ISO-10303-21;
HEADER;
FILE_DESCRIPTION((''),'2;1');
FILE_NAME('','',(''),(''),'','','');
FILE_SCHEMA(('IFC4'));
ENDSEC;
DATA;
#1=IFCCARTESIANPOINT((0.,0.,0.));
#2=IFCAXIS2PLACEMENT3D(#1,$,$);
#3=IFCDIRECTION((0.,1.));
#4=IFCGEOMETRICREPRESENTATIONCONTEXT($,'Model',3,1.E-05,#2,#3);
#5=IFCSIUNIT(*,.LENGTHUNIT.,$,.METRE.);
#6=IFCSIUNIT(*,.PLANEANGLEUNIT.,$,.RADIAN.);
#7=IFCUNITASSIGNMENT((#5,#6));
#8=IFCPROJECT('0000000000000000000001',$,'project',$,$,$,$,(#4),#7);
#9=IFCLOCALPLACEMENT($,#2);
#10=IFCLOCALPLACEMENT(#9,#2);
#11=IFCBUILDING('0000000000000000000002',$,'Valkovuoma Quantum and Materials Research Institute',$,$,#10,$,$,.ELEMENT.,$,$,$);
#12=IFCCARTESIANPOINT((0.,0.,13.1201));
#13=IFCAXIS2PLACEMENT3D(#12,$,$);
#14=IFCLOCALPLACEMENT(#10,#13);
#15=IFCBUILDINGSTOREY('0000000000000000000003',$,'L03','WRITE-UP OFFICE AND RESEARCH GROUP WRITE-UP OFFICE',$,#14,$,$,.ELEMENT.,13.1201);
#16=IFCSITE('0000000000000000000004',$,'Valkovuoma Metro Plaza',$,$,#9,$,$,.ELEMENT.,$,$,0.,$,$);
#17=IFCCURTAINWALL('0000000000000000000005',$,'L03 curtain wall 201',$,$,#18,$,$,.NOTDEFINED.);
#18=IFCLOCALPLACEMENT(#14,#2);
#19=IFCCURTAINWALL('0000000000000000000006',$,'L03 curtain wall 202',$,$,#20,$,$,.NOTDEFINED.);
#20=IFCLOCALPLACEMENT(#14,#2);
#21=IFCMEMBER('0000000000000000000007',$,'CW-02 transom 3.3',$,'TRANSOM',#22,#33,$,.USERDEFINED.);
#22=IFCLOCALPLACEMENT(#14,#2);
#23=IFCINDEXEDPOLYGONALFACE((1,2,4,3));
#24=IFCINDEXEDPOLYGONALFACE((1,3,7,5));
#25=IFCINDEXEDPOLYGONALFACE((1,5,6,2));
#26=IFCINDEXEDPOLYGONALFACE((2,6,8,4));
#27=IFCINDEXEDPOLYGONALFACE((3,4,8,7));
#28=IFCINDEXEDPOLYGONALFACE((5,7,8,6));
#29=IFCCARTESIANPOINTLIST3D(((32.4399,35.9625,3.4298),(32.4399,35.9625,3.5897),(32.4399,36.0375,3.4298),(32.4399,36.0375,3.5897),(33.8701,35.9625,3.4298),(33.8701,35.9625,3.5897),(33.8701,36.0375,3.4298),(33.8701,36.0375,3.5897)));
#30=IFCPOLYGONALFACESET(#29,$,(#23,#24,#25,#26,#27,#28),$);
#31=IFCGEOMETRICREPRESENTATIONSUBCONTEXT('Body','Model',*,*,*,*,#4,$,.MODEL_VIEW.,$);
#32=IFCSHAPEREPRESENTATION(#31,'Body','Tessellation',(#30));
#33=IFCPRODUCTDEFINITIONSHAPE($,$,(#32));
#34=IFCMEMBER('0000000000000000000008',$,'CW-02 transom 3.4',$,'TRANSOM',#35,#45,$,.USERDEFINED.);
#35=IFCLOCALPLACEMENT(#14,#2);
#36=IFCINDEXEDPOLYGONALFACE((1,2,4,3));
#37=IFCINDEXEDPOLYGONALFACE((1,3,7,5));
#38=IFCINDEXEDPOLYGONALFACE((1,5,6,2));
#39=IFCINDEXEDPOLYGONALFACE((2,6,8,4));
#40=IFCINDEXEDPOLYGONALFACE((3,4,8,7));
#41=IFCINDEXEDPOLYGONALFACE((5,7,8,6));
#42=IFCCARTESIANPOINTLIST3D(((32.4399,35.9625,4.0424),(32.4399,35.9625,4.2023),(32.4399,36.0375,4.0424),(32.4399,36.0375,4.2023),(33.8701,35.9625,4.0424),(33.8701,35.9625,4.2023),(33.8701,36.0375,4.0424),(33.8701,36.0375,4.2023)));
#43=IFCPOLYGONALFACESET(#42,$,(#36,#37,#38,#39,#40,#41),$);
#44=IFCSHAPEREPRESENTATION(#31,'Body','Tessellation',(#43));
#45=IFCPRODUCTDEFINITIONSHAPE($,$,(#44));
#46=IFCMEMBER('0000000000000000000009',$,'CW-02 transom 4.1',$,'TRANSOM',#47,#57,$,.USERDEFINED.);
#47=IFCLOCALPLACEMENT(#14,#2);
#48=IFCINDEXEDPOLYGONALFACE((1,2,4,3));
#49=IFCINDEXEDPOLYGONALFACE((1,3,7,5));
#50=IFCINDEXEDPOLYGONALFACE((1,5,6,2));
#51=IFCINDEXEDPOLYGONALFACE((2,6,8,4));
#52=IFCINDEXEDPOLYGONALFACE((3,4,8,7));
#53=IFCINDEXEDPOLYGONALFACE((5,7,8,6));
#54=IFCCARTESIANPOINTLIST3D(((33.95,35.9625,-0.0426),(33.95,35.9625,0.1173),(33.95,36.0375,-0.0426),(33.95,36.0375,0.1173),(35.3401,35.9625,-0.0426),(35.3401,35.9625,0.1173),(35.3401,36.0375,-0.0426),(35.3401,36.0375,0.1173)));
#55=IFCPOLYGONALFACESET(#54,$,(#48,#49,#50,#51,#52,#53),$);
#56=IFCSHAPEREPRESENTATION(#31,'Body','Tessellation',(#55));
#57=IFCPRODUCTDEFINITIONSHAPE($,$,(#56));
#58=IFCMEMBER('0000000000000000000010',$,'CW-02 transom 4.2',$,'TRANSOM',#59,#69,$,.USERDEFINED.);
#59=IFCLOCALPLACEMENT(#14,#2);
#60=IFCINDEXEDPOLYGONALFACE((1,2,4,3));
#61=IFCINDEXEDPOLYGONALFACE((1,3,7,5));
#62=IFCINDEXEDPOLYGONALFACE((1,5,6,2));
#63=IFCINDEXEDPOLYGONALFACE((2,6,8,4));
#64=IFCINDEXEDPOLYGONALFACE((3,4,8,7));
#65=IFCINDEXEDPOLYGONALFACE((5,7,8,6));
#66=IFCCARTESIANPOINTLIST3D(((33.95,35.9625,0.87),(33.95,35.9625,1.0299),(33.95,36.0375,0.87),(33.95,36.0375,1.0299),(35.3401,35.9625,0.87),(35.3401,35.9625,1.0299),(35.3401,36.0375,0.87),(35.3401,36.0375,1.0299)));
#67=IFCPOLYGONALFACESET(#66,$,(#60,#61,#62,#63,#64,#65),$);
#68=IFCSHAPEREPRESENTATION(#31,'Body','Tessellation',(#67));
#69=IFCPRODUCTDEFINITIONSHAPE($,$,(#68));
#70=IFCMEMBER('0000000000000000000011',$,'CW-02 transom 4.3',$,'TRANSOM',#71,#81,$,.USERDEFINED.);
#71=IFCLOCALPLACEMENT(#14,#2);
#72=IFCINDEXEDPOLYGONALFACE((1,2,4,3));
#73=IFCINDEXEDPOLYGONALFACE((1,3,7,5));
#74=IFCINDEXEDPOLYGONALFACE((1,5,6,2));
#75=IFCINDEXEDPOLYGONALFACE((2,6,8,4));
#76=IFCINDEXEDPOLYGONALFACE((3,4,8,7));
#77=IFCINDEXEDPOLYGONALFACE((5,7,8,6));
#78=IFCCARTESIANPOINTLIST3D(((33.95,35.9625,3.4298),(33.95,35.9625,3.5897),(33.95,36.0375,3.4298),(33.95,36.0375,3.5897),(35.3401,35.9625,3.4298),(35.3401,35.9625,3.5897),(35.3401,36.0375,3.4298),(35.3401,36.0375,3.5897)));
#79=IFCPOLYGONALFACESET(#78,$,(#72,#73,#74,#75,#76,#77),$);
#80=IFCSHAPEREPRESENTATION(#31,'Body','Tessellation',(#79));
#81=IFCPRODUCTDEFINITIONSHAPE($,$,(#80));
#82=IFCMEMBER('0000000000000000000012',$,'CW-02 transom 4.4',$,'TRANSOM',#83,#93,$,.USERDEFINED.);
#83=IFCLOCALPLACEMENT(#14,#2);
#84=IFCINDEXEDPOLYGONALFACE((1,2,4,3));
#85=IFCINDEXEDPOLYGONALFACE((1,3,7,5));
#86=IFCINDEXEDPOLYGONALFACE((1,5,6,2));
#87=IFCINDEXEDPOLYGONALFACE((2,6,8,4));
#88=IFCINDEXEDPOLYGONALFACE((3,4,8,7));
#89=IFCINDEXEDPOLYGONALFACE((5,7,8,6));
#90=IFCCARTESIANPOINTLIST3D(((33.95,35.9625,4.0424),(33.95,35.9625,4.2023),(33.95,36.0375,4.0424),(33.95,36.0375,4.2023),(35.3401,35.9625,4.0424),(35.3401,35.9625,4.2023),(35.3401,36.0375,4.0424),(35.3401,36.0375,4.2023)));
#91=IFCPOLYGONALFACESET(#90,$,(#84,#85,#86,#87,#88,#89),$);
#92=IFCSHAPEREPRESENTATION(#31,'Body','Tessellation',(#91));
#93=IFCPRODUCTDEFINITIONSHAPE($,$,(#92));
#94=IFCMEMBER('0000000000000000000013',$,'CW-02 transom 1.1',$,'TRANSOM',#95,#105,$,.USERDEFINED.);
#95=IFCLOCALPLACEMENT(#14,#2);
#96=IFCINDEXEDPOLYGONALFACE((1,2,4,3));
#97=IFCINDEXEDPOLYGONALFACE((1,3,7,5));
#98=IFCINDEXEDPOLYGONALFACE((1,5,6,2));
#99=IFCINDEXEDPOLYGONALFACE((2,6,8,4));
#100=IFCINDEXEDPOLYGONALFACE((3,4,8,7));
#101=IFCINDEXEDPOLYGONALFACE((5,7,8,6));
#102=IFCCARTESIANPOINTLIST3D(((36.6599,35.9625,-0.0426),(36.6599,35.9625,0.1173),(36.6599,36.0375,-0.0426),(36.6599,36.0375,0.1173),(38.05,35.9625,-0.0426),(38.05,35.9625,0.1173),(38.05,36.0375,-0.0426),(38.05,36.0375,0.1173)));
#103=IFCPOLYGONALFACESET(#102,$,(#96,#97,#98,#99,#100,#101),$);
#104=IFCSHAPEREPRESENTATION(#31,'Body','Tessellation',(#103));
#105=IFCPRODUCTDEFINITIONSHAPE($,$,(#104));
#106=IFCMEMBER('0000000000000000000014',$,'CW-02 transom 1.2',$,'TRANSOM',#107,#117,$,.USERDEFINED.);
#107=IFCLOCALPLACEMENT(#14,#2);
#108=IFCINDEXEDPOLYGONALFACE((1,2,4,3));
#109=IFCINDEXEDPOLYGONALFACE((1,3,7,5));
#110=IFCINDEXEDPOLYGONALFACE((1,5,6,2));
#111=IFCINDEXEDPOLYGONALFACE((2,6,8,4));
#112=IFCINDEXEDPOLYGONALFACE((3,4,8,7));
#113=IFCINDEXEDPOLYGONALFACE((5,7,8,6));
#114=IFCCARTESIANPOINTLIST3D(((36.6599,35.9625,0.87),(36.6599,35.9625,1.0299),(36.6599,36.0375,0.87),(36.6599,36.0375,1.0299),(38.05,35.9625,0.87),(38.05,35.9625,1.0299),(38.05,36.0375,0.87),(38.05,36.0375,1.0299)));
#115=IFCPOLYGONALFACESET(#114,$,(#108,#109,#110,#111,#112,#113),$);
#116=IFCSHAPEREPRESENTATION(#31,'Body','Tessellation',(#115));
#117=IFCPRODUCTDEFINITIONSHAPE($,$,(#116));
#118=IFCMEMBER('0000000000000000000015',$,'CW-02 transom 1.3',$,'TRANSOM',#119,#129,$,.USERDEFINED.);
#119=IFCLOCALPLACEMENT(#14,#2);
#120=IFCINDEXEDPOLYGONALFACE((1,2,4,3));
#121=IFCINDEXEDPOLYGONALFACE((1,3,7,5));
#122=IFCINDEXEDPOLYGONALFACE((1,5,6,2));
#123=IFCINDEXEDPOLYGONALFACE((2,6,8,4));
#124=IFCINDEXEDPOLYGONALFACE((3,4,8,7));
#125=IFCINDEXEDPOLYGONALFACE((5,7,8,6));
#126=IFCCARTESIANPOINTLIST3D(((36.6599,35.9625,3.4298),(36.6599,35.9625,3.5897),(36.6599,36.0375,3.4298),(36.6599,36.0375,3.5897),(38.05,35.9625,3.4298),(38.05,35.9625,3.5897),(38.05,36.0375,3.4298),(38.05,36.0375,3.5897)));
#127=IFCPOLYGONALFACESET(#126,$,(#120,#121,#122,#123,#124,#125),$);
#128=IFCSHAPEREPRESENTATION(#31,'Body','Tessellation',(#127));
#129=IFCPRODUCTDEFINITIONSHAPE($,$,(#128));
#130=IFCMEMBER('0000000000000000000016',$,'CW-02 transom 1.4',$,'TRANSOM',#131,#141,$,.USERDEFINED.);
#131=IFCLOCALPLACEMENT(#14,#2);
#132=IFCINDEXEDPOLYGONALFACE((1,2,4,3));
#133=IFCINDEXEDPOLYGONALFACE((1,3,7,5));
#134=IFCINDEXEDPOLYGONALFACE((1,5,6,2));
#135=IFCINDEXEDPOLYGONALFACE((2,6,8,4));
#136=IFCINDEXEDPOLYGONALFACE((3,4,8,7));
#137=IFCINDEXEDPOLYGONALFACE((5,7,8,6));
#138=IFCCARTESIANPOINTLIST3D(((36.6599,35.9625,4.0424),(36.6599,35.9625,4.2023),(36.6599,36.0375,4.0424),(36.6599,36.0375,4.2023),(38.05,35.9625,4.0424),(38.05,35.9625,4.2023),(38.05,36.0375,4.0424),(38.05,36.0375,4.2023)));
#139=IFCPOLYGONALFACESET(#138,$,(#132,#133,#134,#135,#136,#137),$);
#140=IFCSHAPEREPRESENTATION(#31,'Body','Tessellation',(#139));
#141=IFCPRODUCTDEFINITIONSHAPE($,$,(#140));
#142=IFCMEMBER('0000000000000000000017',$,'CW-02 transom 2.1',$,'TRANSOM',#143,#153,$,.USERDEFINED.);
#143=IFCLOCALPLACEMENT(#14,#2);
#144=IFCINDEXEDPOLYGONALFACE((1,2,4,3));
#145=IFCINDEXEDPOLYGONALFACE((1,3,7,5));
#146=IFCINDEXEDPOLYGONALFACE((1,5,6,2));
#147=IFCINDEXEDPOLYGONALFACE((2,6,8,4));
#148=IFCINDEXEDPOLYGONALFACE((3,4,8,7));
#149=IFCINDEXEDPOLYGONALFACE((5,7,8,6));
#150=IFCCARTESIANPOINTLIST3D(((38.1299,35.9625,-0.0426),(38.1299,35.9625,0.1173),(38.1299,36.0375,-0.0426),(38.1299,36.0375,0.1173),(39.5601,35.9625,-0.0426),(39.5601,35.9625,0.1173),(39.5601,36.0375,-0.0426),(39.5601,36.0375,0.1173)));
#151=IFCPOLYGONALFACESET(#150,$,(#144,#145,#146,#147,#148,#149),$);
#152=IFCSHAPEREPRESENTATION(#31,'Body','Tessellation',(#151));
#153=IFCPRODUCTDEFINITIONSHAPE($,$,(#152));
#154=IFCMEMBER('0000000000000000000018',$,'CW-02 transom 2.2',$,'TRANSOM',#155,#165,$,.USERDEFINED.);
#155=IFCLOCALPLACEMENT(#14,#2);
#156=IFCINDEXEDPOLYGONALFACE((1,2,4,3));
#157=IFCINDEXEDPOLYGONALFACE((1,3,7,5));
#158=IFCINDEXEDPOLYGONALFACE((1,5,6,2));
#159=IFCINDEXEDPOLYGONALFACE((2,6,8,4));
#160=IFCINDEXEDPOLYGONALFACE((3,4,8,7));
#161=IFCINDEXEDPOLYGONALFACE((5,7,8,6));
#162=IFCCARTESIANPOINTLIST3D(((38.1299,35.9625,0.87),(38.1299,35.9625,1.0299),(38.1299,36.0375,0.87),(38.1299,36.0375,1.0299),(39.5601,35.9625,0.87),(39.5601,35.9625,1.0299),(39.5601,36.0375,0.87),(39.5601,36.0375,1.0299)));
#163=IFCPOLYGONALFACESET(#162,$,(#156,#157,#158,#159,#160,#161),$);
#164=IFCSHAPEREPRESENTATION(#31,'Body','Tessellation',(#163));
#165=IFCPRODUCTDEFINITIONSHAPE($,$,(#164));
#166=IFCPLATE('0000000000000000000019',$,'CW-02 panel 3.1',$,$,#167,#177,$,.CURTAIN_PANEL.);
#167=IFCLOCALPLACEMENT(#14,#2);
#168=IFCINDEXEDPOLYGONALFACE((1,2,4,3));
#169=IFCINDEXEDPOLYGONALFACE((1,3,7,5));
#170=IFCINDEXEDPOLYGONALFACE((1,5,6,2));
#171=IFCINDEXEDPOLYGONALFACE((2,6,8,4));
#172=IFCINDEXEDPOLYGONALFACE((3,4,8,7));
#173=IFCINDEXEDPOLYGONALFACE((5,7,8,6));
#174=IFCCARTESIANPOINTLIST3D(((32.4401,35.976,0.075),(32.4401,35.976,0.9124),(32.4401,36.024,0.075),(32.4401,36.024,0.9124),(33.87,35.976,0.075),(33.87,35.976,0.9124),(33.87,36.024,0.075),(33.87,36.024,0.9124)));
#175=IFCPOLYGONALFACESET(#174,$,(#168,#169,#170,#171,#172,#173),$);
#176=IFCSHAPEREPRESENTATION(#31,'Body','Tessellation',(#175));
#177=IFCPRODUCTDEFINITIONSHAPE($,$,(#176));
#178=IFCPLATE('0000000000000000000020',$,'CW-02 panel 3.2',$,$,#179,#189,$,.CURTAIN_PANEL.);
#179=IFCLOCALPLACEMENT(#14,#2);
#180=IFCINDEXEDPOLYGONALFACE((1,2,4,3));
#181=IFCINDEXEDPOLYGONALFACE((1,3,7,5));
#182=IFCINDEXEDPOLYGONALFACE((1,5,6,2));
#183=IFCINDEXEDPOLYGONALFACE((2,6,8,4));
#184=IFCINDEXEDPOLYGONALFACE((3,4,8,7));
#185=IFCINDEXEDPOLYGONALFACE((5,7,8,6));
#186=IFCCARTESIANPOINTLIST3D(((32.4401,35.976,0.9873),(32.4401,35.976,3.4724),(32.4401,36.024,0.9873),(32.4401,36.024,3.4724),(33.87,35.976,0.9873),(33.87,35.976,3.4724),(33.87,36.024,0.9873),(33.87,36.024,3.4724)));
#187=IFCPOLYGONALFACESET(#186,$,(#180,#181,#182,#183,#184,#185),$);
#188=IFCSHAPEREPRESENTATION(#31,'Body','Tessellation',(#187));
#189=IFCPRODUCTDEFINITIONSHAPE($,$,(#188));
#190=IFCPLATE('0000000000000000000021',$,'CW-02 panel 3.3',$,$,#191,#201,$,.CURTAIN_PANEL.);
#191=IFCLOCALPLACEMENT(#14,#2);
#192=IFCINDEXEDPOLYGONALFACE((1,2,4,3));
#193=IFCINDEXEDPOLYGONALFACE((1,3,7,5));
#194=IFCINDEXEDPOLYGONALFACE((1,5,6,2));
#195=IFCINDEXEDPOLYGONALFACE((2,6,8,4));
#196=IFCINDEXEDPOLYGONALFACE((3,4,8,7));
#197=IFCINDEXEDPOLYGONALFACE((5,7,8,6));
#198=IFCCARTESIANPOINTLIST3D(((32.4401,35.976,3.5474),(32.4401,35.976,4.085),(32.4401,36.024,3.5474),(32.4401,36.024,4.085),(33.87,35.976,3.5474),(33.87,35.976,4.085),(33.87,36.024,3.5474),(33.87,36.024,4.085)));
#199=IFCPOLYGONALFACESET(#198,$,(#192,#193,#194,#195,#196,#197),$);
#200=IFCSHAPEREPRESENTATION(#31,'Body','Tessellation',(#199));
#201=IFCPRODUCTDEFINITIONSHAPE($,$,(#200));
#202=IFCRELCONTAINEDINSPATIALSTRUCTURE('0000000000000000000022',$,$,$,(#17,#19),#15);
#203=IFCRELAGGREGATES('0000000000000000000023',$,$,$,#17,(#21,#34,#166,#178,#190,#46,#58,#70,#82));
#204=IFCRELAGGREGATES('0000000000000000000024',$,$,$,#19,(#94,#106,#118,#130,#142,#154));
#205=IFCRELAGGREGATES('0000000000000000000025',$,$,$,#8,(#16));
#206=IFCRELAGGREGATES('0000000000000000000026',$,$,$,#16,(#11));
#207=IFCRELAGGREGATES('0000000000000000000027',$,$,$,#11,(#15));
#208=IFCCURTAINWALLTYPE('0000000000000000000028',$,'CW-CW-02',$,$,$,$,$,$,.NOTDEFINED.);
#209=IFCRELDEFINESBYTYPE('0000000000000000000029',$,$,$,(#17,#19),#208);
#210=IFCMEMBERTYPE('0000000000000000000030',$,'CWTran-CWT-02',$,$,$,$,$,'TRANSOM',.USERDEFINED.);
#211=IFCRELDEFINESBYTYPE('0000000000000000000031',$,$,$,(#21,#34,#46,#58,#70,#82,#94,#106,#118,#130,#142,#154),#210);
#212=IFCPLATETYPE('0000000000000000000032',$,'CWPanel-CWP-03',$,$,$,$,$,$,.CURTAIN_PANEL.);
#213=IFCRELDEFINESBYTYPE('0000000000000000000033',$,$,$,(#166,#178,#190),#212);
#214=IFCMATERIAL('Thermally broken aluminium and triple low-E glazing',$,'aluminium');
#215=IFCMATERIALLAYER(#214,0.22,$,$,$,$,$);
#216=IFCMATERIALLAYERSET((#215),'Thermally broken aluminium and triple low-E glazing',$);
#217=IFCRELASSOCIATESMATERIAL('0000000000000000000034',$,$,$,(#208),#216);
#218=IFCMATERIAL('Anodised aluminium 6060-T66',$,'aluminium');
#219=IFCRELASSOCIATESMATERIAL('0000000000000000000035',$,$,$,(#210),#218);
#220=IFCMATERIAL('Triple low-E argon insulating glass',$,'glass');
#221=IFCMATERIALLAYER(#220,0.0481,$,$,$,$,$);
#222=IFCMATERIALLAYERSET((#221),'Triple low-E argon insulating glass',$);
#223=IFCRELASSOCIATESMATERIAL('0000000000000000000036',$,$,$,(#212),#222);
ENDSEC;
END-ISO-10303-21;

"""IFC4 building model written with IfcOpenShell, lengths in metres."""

from ifc_helpers import new_model, si_unit, direction, frame, origin, origin_2d, place, context, subcontext, project, spatial, rectangle, extrude, material, layer, layer_set, material_profile, profile_set, type_object, element, aggregate, save


model = new_model("IFC4")

# Units and contexts
model_context = context("Model", 3, precision=1e-05, world=origin(), true_north=direction((0.0, 1.0)))
body_context = subcontext(model_context, "Body", "Model", "MODEL_VIEW")
ifc_project = project(units=[si_unit("LENGTHUNIT", "METRE"), si_unit("PLANEANGLEUNIT", "RADIAN")], contexts=[model_context])

# Site, building, storey
site_placement = place(None, origin())
site = spatial("IfcSite", under=ifc_project, at=site_placement, Name="Valkovuoma Metro Plaza", CompositionType="ELEMENT", RefElevation=0.0)
building_placement = place(site_placement, origin())
building = spatial("IfcBuilding", under=site, at=building_placement, Name="Valkovuoma Quantum and Materials Research Institute", CompositionType="ELEMENT")
storey_placement = place(building_placement, frame((0.0, 0.0, 13.1201)))
storey = spatial("IfcBuildingStorey", under=building, at=storey_placement, Name="L03", Description="WRITE-UP OFFICE AND RESEARCH GROUP WRITE-UP OFFICE", CompositionType="ELEMENT", Elevation=13.1201)

# Curtain walls
ifc_material_1 = material(Name="Thermally broken aluminium and triple low-E glazing", Category="aluminium")
ifc_layer_1 = layer(ifc_material_1, 0.22)
ifc_layer_set_1 = layer_set([ifc_layer_1], Name="Thermally broken aluminium and triple low-E glazing")
curtain_wall_type = type_object("IfcCurtainWallType", Name="CW-CW-02", PredefinedType="NOTDEFINED", material=ifc_layer_set_1)
curtain_wall_1_placement = place(storey_placement, origin())
curtain_wall_1 = element("IfcCurtainWall", 1, at=curtain_wall_1_placement, inside=storey, type_object=curtain_wall_type, Name="L03 curtain wall 201", PredefinedType="NOTDEFINED")
curtain_wall_2_placement = place(storey_placement, origin())
curtain_wall_2 = element("IfcCurtainWall", 2, at=curtain_wall_2_placement, inside=storey, type_object=curtain_wall_type, Name="L03 curtain wall 202", PredefinedType="NOTDEFINED")

# Members
ifc_material_2 = material(Name="Anodised aluminium 6060-T66", Category="aluminium")
ifc_material_profile_1 = material_profile(ifc_material_2, rectangle(XDim=0.075, YDim=0.1599, at=origin_2d()), Name="Anodised aluminium 6060-T66")
ifc_profile_set_1 = profile_set([ifc_material_profile_1], Name="Anodised aluminium 6060-T66")
member_type_1 = type_object("IfcMemberType", Name="CWTran-CWT-02", ElementType="TRANSOM", PredefinedType="USERDEFINED", material=ifc_profile_set_1)
member_1_placement = place(storey_placement, frame((32.4399, 36.0, 3.5098), z_axis=(1.0, 0.0, 0.0), x_axis=(0.0, 1.0, 0.0)))
member_1 = element("IfcMember", 3, at=member_1_placement, type_object=member_type_1, Name="CW-02 transom 3.3", ObjectType="TRANSOM", PredefinedType="USERDEFINED", context=body_context, shape_type="SweptSolid", body=[
    extrude(rectangle(XDim=0.075, YDim=0.1599, at=origin_2d()), origin(), (0.0, 0.0, 1.0), 1.4302),
])
member_2_placement = place(storey_placement, frame((32.4399, 36.0, 4.1223), z_axis=(1.0, 0.0, 0.0), x_axis=(0.0, 1.0, 0.0)))
member_2 = element("IfcMember", 4, at=member_2_placement, type_object=member_type_1, Name="CW-02 transom 3.4", ObjectType="TRANSOM", PredefinedType="USERDEFINED", context=body_context, shape_type="SweptSolid", body=[
    extrude(rectangle(XDim=0.075, YDim=0.1599, at=origin_2d()), origin(), (0.0, 0.0, 1.0), 1.4302),
])
member_3_placement = place(storey_placement, frame((33.95, 36.0, 0.0374), z_axis=(1.0, 0.0, 0.0), x_axis=(0.0, 1.0, 0.0)))
member_3 = element("IfcMember", 5, at=member_3_placement, type_object=member_type_1, Name="CW-02 transom 4.1", ObjectType="TRANSOM", PredefinedType="USERDEFINED", context=body_context, shape_type="SweptSolid", body=[
    extrude(rectangle(XDim=0.075, YDim=0.1599, at=origin_2d()), origin(), (0.0, 0.0, 1.0), 1.3901),
])
member_4_placement = place(storey_placement, frame((33.95, 36.0, 0.95), z_axis=(1.0, 0.0, 0.0), x_axis=(0.0, 1.0, 0.0)))
member_4 = element("IfcMember", 6, at=member_4_placement, type_object=member_type_1, Name="CW-02 transom 4.2", ObjectType="TRANSOM", PredefinedType="USERDEFINED", context=body_context, shape_type="SweptSolid", body=[
    extrude(rectangle(XDim=0.075, YDim=0.1599, at=origin_2d()), origin(), (0.0, 0.0, 1.0), 1.3901),
])
member_5_placement = place(storey_placement, frame((33.95, 36.0, 3.5098), z_axis=(1.0, 0.0, 0.0), x_axis=(0.0, 1.0, 0.0)))
member_5 = element("IfcMember", 7, at=member_5_placement, type_object=member_type_1, Name="CW-02 transom 4.3", ObjectType="TRANSOM", PredefinedType="USERDEFINED", context=body_context, shape_type="SweptSolid", body=[
    extrude(rectangle(XDim=0.075, YDim=0.1599, at=origin_2d()), origin(), (0.0, 0.0, 1.0), 1.3901),
])
member_6_placement = place(storey_placement, frame((33.95, 36.0, 4.1223), z_axis=(1.0, 0.0, 0.0), x_axis=(0.0, 1.0, 0.0)))
member_6 = element("IfcMember", 8, at=member_6_placement, type_object=member_type_1, Name="CW-02 transom 4.4", ObjectType="TRANSOM", PredefinedType="USERDEFINED", context=body_context, shape_type="SweptSolid", body=[
    extrude(rectangle(XDim=0.075, YDim=0.1599, at=origin_2d()), origin(), (0.0, 0.0, 1.0), 1.3901),
])
member_7_placement = place(storey_placement, frame((36.6599, 36.0, 0.0374), z_axis=(1.0, 0.0, 0.0), x_axis=(0.0, 1.0, 0.0)))
member_7 = element("IfcMember", 9, at=member_7_placement, type_object=member_type_1, Name="CW-02 transom 1.1", ObjectType="TRANSOM", PredefinedType="USERDEFINED", context=body_context, shape_type="SweptSolid", body=[
    extrude(rectangle(XDim=0.075, YDim=0.1599, at=origin_2d()), origin(), (0.0, 0.0, 1.0), 1.3901),
])
member_8_placement = place(storey_placement, frame((36.6599, 36.0, 0.95), z_axis=(1.0, 0.0, 0.0), x_axis=(0.0, 1.0, 0.0)))
member_8 = element("IfcMember", 10, at=member_8_placement, type_object=member_type_1, Name="CW-02 transom 1.2", ObjectType="TRANSOM", PredefinedType="USERDEFINED", context=body_context, shape_type="SweptSolid", body=[
    extrude(rectangle(XDim=0.075, YDim=0.1599, at=origin_2d()), origin(), (0.0, 0.0, 1.0), 1.3901),
])
member_9_placement = place(storey_placement, frame((36.6599, 36.0, 3.5098), z_axis=(1.0, 0.0, 0.0), x_axis=(0.0, 1.0, 0.0)))
member_9 = element("IfcMember", 11, at=member_9_placement, type_object=member_type_1, Name="CW-02 transom 1.3", ObjectType="TRANSOM", PredefinedType="USERDEFINED", context=body_context, shape_type="SweptSolid", body=[
    extrude(rectangle(XDim=0.075, YDim=0.1599, at=origin_2d()), origin(), (0.0, 0.0, 1.0), 1.3901),
])
member_10_placement = place(storey_placement, frame((36.6599, 36.0, 4.1223), z_axis=(1.0, 0.0, 0.0), x_axis=(0.0, 1.0, 0.0)))
member_10 = element("IfcMember", 12, at=member_10_placement, type_object=member_type_1, Name="CW-02 transom 1.4", ObjectType="TRANSOM", PredefinedType="USERDEFINED", context=body_context, shape_type="SweptSolid", body=[
    extrude(rectangle(XDim=0.075, YDim=0.1599, at=origin_2d()), origin(), (0.0, 0.0, 1.0), 1.3901),
])
member_11_placement = place(storey_placement, frame((38.1299, 36.0, 0.0374), z_axis=(1.0, 0.0, 0.0), x_axis=(0.0, 1.0, 0.0)))
member_11 = element("IfcMember", 13, at=member_11_placement, type_object=member_type_1, Name="CW-02 transom 2.1", ObjectType="TRANSOM", PredefinedType="USERDEFINED", context=body_context, shape_type="SweptSolid", body=[
    extrude(rectangle(XDim=0.075, YDim=0.1599, at=origin_2d()), origin(), (0.0, 0.0, 1.0), 1.4302),
])
member_12_placement = place(storey_placement, frame((38.1299, 36.0, 0.95), z_axis=(1.0, 0.0, 0.0), x_axis=(0.0, 1.0, 0.0)))
member_12 = element("IfcMember", 14, at=member_12_placement, type_object=member_type_1, Name="CW-02 transom 2.2", ObjectType="TRANSOM", PredefinedType="USERDEFINED", context=body_context, shape_type="SweptSolid", body=[
    extrude(rectangle(XDim=0.075, YDim=0.1599, at=origin_2d()), origin(), (0.0, 0.0, 1.0), 1.4302),
])

# Plates
ifc_material_3 = material(Name="Triple low-E argon insulating glass", Category="glass")
ifc_layer_2 = layer(ifc_material_3, 0.0481)
ifc_layer_set_2 = layer_set([ifc_layer_2], Name="Triple low-E argon insulating glass")
plate_type = type_object("IfcPlateType", Name="CWPanel-CWP-03", PredefinedType="CURTAIN_PANEL", material=ifc_layer_set_2)
plate_1_placement = place(storey_placement, frame((33.155, 36.0, 0.075), z_axis=(0.0, 0.0, 1.0), x_axis=(1.0, 0.0, 0.0)))
plate_1 = element("IfcPlate", 15, at=plate_1_placement, type_object=plate_type, Name="CW-02 panel 3.1", PredefinedType="CURTAIN_PANEL", context=body_context, shape_type="SweptSolid", body=[
    extrude(rectangle(XDim=1.4299, YDim=0.0481, at=origin_2d()), origin(), (0.0, 0.0, 1.0), 0.8374),
])
plate_2_placement = place(storey_placement, frame((33.155, 36.0, 0.9873), z_axis=(0.0, 0.0, 1.0), x_axis=(1.0, 0.0, 0.0)))
plate_2 = element("IfcPlate", 16, at=plate_2_placement, type_object=plate_type, Name="CW-02 panel 3.2", PredefinedType="CURTAIN_PANEL", context=body_context, shape_type="SweptSolid", body=[
    extrude(rectangle(XDim=1.4299, YDim=0.0481, at=origin_2d()), origin(), (0.0, 0.0, 1.0), 2.4851),
])
plate_3_placement = place(storey_placement, frame((33.155, 36.0, 3.5474), z_axis=(0.0, 0.0, 1.0), x_axis=(1.0, 0.0, 0.0)))
plate_3 = element("IfcPlate", 17, at=plate_3_placement, type_object=plate_type, Name="CW-02 panel 3.3", PredefinedType="CURTAIN_PANEL", context=body_context, shape_type="SweptSolid", body=[
    extrude(rectangle(XDim=1.4299, YDim=0.0481, at=origin_2d()), origin(), (0.0, 0.0, 1.0), 0.5376),
])
aggregate(curtain_wall_1, [member_1, member_2, plate_1, plate_2, plate_3, member_3, member_4, member_5, member_6])
aggregate(curtain_wall_2, [member_7, member_8, member_9, member_10, member_11, member_12])

save(model, "model.ifc")
